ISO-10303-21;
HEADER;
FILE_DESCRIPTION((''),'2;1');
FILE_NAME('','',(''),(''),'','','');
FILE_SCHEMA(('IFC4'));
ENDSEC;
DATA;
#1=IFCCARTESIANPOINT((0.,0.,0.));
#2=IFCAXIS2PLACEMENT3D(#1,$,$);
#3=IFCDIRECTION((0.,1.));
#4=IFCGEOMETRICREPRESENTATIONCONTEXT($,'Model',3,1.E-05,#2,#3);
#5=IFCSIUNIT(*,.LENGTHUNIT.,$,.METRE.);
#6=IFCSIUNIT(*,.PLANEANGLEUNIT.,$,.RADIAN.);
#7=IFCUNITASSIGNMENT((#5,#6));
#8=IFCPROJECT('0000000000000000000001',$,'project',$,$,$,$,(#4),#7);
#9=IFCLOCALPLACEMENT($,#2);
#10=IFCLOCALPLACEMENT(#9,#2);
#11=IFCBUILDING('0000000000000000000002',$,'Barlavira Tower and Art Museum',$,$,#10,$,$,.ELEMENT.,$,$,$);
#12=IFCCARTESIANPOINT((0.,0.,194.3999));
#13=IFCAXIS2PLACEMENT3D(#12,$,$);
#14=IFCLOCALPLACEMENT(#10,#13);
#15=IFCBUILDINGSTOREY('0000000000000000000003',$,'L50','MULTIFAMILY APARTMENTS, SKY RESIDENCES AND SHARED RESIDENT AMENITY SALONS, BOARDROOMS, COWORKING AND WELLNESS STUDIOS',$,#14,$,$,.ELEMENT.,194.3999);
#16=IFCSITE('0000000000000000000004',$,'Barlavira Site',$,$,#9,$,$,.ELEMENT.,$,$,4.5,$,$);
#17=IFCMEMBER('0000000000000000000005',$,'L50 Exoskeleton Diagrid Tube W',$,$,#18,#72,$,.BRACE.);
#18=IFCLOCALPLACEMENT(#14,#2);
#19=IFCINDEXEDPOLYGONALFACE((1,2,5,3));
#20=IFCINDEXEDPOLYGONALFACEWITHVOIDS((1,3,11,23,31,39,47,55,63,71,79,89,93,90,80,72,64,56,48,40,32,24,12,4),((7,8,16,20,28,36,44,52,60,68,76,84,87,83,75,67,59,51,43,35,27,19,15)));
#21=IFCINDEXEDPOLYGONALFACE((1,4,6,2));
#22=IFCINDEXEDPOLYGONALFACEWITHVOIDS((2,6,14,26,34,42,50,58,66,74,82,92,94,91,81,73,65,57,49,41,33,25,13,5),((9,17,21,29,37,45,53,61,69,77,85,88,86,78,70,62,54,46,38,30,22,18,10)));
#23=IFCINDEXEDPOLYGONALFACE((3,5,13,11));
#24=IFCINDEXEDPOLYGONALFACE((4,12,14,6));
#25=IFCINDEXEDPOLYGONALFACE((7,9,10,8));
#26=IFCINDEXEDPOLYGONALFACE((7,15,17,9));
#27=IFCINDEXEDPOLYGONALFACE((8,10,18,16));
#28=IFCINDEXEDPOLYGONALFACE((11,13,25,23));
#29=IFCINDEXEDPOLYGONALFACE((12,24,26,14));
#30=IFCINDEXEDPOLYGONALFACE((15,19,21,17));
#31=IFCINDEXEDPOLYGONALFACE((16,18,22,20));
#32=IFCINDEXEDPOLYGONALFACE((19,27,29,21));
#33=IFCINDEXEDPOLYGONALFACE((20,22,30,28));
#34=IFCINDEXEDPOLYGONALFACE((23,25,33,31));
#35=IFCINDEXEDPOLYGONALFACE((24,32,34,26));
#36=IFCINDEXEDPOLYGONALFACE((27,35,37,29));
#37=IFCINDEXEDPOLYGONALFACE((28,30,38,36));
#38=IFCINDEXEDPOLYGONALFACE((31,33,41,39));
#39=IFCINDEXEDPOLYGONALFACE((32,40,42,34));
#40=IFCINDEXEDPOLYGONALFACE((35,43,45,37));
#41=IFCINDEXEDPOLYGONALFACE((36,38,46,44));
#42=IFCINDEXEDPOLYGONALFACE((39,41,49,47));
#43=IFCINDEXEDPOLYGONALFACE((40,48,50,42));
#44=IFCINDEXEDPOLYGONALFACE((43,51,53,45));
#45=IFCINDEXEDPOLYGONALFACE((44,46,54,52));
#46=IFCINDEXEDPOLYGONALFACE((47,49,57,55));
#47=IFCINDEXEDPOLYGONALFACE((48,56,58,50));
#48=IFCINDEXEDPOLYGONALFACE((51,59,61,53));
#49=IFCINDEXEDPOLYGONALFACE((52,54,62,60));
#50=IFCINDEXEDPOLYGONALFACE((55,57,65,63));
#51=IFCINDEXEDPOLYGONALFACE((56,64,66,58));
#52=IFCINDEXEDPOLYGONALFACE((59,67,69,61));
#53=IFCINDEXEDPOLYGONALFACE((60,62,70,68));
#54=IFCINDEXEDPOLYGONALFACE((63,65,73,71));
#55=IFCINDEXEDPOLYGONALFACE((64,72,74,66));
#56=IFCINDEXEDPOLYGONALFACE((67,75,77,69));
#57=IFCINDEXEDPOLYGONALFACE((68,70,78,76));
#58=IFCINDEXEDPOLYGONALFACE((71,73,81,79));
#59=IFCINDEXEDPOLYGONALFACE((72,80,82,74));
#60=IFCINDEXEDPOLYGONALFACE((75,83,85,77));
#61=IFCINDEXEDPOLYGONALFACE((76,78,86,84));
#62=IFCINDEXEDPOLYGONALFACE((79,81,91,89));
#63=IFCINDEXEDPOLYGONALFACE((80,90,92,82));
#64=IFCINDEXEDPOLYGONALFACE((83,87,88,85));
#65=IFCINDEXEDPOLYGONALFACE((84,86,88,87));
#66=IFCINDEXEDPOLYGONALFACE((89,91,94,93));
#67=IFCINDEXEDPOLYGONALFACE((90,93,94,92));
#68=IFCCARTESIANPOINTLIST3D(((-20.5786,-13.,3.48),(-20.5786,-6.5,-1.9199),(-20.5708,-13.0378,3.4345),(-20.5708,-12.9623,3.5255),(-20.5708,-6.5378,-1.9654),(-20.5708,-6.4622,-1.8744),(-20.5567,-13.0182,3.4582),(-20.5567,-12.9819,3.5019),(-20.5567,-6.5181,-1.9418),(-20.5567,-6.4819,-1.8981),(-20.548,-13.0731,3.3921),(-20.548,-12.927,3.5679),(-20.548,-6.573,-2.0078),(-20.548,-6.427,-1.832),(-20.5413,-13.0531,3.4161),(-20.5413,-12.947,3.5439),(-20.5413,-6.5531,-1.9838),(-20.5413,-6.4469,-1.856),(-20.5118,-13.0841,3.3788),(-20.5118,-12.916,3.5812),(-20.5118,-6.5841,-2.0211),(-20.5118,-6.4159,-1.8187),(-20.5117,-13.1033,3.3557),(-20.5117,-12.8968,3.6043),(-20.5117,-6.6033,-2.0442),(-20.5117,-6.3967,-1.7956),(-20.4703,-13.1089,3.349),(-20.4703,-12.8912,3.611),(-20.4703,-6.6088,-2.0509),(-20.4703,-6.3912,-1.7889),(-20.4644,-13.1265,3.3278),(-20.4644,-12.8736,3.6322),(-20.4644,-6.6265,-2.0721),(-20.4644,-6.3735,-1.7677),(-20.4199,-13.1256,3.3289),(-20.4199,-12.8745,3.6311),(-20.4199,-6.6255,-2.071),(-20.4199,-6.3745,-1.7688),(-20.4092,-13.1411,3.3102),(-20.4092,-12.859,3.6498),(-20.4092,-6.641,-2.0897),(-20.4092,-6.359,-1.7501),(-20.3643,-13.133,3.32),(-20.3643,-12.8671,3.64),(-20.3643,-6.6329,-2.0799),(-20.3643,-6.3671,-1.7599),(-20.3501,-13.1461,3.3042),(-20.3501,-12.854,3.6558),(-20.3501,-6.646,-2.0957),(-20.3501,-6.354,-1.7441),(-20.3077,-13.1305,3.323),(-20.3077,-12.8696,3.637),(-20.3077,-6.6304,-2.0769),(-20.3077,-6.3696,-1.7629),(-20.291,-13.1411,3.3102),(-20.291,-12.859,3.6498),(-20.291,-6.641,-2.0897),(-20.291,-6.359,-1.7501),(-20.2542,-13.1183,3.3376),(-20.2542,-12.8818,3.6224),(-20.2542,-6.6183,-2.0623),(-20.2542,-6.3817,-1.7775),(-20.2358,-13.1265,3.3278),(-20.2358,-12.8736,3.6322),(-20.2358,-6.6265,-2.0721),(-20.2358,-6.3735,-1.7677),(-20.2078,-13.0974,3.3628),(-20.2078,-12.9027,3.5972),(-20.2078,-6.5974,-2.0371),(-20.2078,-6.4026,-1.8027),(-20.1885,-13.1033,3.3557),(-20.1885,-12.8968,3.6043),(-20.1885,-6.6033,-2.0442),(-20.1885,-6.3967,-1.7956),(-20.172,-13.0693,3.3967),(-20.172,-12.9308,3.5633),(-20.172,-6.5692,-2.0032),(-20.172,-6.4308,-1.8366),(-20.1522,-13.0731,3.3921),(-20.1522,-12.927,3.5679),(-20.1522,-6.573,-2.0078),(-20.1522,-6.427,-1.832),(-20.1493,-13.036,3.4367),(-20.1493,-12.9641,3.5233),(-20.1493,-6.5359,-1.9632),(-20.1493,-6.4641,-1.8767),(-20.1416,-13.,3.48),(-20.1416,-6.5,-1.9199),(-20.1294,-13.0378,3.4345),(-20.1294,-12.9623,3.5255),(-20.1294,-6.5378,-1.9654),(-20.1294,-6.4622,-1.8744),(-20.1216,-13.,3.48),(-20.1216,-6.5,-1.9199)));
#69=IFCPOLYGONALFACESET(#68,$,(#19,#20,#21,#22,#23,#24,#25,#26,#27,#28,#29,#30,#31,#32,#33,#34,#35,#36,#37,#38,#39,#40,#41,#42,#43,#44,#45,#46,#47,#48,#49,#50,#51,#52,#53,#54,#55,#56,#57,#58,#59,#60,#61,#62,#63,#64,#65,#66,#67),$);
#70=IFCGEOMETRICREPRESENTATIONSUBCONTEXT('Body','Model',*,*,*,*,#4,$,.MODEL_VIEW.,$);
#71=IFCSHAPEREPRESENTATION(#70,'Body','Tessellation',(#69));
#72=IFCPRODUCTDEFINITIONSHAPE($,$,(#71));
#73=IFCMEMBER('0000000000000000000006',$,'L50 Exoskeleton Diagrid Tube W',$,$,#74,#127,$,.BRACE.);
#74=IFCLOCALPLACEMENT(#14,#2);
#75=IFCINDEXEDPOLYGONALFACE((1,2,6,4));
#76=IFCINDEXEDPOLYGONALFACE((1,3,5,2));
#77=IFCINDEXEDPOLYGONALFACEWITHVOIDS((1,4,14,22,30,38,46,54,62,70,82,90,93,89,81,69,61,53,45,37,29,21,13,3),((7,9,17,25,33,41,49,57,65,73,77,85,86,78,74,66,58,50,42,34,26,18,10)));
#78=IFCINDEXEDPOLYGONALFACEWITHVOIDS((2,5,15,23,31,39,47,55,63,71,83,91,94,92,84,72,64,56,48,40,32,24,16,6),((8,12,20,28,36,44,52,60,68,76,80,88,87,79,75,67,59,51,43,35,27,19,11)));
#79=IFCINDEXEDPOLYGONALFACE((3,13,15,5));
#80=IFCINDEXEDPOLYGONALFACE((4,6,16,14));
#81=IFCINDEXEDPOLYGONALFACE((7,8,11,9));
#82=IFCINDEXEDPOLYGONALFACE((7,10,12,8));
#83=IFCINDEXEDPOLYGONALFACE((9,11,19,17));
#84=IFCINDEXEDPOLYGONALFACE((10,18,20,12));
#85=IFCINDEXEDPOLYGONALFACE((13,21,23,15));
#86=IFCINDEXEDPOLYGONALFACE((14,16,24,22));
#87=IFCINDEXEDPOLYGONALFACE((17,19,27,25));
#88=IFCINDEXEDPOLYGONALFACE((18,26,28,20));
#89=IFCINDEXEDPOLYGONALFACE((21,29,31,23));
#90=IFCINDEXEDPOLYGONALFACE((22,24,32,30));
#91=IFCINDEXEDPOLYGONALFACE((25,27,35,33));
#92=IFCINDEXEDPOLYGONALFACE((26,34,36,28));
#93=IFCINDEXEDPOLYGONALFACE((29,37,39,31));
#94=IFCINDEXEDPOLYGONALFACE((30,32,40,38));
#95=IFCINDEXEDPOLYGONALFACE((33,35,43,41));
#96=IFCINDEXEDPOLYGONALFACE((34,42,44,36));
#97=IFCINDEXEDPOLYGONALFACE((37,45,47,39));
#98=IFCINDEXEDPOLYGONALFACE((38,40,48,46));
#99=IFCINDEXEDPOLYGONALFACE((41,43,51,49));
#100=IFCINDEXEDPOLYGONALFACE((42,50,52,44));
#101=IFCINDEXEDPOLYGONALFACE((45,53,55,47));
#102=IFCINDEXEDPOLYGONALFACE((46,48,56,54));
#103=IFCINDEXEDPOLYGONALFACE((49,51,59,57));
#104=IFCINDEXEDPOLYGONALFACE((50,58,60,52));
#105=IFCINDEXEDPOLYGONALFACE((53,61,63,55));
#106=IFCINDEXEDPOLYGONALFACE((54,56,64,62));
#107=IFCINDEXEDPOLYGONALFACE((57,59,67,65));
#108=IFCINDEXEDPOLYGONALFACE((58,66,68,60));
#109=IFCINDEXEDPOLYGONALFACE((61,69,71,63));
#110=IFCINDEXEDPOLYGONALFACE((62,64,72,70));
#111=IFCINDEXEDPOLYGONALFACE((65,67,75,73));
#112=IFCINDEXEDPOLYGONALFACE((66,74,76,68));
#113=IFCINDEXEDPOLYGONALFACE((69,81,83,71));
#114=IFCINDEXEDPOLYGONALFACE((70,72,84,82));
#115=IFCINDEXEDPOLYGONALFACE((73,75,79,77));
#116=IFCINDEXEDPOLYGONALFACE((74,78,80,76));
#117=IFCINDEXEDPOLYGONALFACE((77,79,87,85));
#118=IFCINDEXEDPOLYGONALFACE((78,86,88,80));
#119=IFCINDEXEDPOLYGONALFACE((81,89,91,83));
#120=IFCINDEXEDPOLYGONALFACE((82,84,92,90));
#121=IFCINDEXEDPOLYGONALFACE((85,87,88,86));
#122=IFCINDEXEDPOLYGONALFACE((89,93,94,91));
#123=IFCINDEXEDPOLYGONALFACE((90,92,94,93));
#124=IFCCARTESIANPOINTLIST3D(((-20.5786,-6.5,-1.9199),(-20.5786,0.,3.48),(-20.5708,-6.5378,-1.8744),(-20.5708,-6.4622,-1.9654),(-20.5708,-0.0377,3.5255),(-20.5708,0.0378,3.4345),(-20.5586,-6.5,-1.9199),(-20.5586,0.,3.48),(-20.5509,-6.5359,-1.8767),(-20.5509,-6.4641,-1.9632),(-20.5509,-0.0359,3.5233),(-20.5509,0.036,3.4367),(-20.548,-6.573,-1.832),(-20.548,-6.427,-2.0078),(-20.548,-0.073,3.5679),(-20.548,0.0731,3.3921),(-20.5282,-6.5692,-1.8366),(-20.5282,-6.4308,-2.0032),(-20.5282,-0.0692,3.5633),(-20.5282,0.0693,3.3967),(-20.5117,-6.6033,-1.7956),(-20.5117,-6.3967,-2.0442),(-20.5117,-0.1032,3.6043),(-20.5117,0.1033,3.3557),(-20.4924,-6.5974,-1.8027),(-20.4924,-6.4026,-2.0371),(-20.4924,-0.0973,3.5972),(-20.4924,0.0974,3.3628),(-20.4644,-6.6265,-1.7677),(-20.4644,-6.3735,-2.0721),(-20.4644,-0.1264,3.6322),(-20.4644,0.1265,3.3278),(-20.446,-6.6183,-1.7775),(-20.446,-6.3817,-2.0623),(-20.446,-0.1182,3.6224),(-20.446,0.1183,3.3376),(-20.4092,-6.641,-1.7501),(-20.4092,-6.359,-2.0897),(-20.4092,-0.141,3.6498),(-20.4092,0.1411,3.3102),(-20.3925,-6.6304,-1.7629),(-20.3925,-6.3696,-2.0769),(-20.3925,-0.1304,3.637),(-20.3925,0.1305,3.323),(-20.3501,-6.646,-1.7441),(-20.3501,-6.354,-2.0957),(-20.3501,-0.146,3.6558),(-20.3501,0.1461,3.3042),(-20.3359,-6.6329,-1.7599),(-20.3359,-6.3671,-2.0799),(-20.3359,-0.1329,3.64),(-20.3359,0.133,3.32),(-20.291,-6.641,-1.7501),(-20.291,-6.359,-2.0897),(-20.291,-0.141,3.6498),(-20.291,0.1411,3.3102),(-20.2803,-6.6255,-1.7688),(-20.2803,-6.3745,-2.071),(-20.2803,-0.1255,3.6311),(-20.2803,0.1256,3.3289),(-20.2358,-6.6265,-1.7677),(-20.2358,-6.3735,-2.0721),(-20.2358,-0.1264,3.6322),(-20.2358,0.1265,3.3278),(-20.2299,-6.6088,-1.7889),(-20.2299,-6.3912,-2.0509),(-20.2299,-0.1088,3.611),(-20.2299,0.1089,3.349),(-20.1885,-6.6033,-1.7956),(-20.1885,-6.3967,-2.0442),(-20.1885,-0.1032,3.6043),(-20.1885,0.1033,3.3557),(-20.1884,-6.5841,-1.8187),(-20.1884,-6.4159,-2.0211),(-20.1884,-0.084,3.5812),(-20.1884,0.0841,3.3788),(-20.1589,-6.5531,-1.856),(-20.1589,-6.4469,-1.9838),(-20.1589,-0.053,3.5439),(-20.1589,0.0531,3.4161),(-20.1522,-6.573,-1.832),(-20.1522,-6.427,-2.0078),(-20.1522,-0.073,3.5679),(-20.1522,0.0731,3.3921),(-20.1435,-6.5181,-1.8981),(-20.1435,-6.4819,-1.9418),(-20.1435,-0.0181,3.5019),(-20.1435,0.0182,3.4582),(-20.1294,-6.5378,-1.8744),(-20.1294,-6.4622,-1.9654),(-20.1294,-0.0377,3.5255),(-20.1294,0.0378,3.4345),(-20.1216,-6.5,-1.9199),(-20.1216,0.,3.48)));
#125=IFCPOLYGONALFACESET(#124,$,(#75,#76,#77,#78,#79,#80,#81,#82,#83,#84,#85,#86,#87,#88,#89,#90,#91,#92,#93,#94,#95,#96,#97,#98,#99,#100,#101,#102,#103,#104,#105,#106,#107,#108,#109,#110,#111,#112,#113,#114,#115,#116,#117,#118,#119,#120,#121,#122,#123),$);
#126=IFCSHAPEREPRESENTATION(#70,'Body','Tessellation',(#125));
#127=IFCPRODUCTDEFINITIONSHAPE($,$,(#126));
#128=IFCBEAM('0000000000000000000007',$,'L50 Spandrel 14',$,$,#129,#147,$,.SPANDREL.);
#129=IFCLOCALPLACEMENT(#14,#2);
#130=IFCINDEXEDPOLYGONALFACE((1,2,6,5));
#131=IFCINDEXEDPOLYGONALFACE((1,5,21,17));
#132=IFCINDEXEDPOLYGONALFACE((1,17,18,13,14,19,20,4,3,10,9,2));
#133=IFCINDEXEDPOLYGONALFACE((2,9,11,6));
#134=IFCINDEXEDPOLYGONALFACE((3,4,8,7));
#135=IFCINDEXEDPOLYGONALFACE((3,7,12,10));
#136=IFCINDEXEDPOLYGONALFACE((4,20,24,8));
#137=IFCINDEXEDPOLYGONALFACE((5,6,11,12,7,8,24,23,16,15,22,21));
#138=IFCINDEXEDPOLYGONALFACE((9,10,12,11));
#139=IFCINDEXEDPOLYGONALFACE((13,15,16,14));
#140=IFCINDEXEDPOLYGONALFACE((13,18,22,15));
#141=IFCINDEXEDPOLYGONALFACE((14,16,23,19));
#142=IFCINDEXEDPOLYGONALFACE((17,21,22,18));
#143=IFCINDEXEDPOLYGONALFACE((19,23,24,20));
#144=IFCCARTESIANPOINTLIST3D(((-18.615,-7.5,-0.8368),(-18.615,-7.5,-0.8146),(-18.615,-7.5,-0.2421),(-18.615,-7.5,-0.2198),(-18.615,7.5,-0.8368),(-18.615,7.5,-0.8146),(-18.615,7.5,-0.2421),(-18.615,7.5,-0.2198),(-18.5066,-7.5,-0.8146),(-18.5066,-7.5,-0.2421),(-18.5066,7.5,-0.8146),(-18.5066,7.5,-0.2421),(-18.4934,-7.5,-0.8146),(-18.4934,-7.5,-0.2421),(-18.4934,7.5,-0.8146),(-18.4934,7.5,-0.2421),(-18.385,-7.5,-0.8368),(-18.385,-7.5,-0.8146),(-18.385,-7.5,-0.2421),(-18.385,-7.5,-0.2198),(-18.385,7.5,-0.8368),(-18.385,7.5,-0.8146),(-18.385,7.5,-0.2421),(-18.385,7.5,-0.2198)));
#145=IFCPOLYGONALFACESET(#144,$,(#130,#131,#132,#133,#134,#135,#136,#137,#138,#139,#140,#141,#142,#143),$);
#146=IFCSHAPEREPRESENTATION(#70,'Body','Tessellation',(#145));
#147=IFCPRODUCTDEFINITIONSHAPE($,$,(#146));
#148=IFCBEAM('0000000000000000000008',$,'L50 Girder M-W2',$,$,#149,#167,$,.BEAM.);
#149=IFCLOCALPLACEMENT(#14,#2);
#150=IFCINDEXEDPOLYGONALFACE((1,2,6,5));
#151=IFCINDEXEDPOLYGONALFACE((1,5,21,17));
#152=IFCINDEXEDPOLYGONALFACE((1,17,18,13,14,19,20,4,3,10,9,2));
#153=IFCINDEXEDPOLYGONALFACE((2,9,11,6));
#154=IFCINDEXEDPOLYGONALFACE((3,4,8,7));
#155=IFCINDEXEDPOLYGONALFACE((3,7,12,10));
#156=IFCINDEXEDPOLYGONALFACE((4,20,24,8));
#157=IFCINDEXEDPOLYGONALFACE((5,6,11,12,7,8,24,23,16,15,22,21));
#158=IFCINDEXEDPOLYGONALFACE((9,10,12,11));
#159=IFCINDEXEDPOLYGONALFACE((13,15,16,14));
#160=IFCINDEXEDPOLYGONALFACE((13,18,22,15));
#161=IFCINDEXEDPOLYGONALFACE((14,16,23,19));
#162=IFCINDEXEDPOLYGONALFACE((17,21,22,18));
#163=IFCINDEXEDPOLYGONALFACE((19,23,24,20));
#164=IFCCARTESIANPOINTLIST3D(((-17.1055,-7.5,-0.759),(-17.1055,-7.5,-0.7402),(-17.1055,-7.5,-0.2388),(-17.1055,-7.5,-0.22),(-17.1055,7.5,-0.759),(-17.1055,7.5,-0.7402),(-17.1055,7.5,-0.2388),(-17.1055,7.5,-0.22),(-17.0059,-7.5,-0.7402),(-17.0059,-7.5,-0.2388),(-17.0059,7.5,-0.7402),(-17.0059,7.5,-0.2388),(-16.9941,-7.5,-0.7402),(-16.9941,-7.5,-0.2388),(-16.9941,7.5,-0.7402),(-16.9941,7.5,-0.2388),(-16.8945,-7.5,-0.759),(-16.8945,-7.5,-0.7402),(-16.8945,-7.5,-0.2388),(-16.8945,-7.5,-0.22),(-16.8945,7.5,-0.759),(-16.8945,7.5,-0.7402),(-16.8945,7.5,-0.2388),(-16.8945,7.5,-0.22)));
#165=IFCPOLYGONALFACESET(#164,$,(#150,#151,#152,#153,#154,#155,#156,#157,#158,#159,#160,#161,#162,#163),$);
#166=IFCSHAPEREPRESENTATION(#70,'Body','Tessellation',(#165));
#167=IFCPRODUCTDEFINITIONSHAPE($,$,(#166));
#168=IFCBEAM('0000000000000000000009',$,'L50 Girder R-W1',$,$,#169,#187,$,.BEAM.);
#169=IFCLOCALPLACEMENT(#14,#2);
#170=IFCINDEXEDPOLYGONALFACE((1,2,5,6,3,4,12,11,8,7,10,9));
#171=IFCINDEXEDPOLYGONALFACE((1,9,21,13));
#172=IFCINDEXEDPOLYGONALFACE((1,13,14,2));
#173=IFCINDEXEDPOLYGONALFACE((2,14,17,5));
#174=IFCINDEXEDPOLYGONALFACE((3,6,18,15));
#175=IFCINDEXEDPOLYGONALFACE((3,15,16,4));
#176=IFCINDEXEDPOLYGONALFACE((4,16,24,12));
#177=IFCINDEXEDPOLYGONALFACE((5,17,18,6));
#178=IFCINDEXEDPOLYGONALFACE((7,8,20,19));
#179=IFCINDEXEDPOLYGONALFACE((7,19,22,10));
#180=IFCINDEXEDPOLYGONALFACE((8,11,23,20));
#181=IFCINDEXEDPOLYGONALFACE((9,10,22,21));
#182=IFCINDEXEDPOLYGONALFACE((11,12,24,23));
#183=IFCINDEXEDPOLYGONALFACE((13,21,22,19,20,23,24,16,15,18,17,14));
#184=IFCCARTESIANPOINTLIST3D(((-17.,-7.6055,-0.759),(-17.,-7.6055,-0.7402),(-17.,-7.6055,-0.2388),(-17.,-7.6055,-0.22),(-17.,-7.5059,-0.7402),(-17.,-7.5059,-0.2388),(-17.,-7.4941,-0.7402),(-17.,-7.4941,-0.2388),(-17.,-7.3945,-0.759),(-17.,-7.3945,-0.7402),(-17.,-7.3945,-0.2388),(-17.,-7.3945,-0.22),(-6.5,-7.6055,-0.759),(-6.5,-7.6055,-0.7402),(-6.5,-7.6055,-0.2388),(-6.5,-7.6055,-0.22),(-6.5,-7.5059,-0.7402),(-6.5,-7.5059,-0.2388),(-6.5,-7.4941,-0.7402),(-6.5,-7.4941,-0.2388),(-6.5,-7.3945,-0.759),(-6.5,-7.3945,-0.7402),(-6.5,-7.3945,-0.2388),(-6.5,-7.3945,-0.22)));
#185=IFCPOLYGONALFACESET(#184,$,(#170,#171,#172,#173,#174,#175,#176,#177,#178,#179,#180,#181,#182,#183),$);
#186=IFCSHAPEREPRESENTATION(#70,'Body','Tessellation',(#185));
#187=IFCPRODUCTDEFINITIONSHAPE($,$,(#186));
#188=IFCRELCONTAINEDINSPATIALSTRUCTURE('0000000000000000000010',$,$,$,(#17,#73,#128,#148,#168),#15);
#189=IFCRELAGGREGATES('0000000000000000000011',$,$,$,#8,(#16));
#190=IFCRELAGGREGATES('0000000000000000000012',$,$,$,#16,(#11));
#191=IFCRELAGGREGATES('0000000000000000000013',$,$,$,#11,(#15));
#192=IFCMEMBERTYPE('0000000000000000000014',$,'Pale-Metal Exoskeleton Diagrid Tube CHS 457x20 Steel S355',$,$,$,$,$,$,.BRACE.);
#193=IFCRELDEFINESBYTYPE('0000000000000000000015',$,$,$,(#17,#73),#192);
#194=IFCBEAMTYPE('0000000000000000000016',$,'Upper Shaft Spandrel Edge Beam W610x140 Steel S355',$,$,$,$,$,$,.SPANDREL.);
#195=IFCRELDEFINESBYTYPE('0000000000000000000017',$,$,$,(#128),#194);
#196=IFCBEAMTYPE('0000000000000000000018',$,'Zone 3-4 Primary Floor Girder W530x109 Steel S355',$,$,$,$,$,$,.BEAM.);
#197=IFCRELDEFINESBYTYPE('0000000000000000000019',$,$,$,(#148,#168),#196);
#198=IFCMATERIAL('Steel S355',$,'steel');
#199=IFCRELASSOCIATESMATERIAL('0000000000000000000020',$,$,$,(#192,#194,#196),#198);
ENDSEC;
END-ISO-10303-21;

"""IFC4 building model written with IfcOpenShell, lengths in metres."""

from ifc_helpers import new_model, si_unit, direction, frame, origin, origin_2d, place, context, subcontext, project, spatial, hollow_circle, i_section, extrude, material, material_profile, profile_set, type_object, element, save


model = new_model("IFC4")

# Units and contexts
model_context = context("Model", 3, precision=1e-05, world=origin(), true_north=direction((0.0, 1.0)))
body_context = subcontext(model_context, "Body", "Model", "MODEL_VIEW")
ifc_project = project(units=[si_unit("LENGTHUNIT", "METRE"), si_unit("PLANEANGLEUNIT", "RADIAN")], contexts=[model_context])

# Site, building, storey
site_placement = place(None, origin())
site = spatial("IfcSite", under=ifc_project, at=site_placement, Name="Barlavira Site", CompositionType="ELEMENT", RefElevation=4.5)
building_placement = place(site_placement, origin())
building = spatial("IfcBuilding", under=site, at=building_placement, Name="Barlavira Tower and Art Museum", CompositionType="ELEMENT")
storey_placement = place(building_placement, frame((0.0, 0.0, 194.3999)))
storey = spatial("IfcBuildingStorey", under=building, at=storey_placement, Name="L50", Description="MULTIFAMILY APARTMENTS, SKY RESIDENCES AND SHARED RESIDENT AMENITY SALONS, BOARDROOMS, COWORKING AND WELLNESS STUDIOS", CompositionType="ELEMENT", Elevation=194.3999)

# Members
ifc_material_1 = material(Name="Steel S355", Category="steel")
ifc_material_profile_1 = material_profile(ifc_material_1, hollow_circle(Radius=0.2285, WallThickness=0.02, at=origin_2d()), Name="CHS 457.0x20.0")
ifc_profile_set_1 = profile_set([ifc_material_profile_1], Name="Steel S355")
member_type_1 = type_object("IfcMemberType", Name="Pale-Metal Exoskeleton Diagrid Tube CHS 457x20 Steel S355", PredefinedType="BRACE", material=ifc_profile_set_1)
for number, where, z_axis, x_axis, name in (
    (1, (-20.3501, -6.5, -1.9199), (0.0, -0.769196, 0.639013), (1.0, 0.0, 0.0), "L50 Exoskeleton Diagrid Tube W"),
    (2, (-20.3501, -6.5, -1.9199), (0.0, 0.769196, 0.639013), (-1.0, 0.0, 0.0), "L50 Exoskeleton Diagrid Tube W"),
):
    element("IfcMember", number, at=place(storey_placement, frame(where, z_axis=z_axis, x_axis=x_axis)), inside=storey, type_object=member_type_1, Name=name, PredefinedType="BRACE", context=body_context, shape_type="SweptSolid", body=[
        extrude(hollow_circle(Radius=0.2285, WallThickness=0.02, at=origin_2d()), origin(), (0.0, 0.0, 1.0), 8.4504),
    ])

# Beams
ifc_material_profile_2 = material_profile(ifc_material_1, i_section(OverallWidth=0.23, OverallDepth=0.6169, WebThickness=0.0132, FlangeThickness=0.0222, at=origin_2d()), Name="W610x140.0")
ifc_profile_set_2 = profile_set([ifc_material_profile_2], Name="Steel S355")
beam_type_1 = type_object("IfcBeamType", Name="Upper Shaft Spandrel Edge Beam W610x140 Steel S355", PredefinedType="SPANDREL", material=ifc_profile_set_2)
beam_1_placement = place(storey_placement, frame((-18.5, -7.5, -0.5283), z_axis=(0.0, 1.0, 0.0), x_axis=(-1.0, 0.0, 0.0)))
element("IfcBeam", 3, at=beam_1_placement, inside=storey, type_object=beam_type_1, Name="L50 Spandrel 14", PredefinedType="SPANDREL", context=body_context, shape_type="SweptSolid", body=[
    extrude(i_section(OverallWidth=0.23, OverallDepth=0.6169, WebThickness=0.0132, FlangeThickness=0.0222, at=origin_2d()), origin(), (0.0, 0.0, 1.0), 15.0),
])
ifc_material_profile_3 = material_profile(ifc_material_1, i_section(OverallWidth=0.2109, OverallDepth=0.5391, WebThickness=0.0117, FlangeThickness=0.0188, at=origin_2d()), Name="W530x109.0")
ifc_profile_set_3 = profile_set([ifc_material_profile_3], Name="Steel S355")
beam_type_2 = type_object("IfcBeamType", Name="Zone 3-4 Primary Floor Girder W530x109 Steel S355", PredefinedType="BEAM", material=ifc_profile_set_3)
beam_2_placement = place(storey_placement, frame((-17.0, -7.5, -0.4895), z_axis=(0.0, 1.0, 0.0), x_axis=(-1.0, 0.0, 0.0)))
element("IfcBeam", 4, at=beam_2_placement, inside=storey, type_object=beam_type_2, Name="L50 Girder M-W2", PredefinedType="BEAM", context=body_context, shape_type="SweptSolid", body=[
    extrude(i_section(OverallWidth=0.2109, OverallDepth=0.5391, WebThickness=0.0117, FlangeThickness=0.0188, at=origin_2d()), origin(), (0.0, 0.0, 1.0), 15.0),
])
beam_3_placement = place(storey_placement, frame((-17.0, -7.5, -0.4895), z_axis=(1.0, 0.0, 0.0), x_axis=(0.0, 1.0, 0.0)))
element("IfcBeam", 5, at=beam_3_placement, inside=storey, type_object=beam_type_2, Name="L50 Girder R-W1", PredefinedType="BEAM", context=body_context, shape_type="SweptSolid", body=[
    extrude(i_section(OverallWidth=0.2109, OverallDepth=0.5391, WebThickness=0.0117, FlangeThickness=0.0188, at=origin_2d()), origin(), (0.0, 0.0, 1.0), 10.5),
])

save(model, "model.ifc")
